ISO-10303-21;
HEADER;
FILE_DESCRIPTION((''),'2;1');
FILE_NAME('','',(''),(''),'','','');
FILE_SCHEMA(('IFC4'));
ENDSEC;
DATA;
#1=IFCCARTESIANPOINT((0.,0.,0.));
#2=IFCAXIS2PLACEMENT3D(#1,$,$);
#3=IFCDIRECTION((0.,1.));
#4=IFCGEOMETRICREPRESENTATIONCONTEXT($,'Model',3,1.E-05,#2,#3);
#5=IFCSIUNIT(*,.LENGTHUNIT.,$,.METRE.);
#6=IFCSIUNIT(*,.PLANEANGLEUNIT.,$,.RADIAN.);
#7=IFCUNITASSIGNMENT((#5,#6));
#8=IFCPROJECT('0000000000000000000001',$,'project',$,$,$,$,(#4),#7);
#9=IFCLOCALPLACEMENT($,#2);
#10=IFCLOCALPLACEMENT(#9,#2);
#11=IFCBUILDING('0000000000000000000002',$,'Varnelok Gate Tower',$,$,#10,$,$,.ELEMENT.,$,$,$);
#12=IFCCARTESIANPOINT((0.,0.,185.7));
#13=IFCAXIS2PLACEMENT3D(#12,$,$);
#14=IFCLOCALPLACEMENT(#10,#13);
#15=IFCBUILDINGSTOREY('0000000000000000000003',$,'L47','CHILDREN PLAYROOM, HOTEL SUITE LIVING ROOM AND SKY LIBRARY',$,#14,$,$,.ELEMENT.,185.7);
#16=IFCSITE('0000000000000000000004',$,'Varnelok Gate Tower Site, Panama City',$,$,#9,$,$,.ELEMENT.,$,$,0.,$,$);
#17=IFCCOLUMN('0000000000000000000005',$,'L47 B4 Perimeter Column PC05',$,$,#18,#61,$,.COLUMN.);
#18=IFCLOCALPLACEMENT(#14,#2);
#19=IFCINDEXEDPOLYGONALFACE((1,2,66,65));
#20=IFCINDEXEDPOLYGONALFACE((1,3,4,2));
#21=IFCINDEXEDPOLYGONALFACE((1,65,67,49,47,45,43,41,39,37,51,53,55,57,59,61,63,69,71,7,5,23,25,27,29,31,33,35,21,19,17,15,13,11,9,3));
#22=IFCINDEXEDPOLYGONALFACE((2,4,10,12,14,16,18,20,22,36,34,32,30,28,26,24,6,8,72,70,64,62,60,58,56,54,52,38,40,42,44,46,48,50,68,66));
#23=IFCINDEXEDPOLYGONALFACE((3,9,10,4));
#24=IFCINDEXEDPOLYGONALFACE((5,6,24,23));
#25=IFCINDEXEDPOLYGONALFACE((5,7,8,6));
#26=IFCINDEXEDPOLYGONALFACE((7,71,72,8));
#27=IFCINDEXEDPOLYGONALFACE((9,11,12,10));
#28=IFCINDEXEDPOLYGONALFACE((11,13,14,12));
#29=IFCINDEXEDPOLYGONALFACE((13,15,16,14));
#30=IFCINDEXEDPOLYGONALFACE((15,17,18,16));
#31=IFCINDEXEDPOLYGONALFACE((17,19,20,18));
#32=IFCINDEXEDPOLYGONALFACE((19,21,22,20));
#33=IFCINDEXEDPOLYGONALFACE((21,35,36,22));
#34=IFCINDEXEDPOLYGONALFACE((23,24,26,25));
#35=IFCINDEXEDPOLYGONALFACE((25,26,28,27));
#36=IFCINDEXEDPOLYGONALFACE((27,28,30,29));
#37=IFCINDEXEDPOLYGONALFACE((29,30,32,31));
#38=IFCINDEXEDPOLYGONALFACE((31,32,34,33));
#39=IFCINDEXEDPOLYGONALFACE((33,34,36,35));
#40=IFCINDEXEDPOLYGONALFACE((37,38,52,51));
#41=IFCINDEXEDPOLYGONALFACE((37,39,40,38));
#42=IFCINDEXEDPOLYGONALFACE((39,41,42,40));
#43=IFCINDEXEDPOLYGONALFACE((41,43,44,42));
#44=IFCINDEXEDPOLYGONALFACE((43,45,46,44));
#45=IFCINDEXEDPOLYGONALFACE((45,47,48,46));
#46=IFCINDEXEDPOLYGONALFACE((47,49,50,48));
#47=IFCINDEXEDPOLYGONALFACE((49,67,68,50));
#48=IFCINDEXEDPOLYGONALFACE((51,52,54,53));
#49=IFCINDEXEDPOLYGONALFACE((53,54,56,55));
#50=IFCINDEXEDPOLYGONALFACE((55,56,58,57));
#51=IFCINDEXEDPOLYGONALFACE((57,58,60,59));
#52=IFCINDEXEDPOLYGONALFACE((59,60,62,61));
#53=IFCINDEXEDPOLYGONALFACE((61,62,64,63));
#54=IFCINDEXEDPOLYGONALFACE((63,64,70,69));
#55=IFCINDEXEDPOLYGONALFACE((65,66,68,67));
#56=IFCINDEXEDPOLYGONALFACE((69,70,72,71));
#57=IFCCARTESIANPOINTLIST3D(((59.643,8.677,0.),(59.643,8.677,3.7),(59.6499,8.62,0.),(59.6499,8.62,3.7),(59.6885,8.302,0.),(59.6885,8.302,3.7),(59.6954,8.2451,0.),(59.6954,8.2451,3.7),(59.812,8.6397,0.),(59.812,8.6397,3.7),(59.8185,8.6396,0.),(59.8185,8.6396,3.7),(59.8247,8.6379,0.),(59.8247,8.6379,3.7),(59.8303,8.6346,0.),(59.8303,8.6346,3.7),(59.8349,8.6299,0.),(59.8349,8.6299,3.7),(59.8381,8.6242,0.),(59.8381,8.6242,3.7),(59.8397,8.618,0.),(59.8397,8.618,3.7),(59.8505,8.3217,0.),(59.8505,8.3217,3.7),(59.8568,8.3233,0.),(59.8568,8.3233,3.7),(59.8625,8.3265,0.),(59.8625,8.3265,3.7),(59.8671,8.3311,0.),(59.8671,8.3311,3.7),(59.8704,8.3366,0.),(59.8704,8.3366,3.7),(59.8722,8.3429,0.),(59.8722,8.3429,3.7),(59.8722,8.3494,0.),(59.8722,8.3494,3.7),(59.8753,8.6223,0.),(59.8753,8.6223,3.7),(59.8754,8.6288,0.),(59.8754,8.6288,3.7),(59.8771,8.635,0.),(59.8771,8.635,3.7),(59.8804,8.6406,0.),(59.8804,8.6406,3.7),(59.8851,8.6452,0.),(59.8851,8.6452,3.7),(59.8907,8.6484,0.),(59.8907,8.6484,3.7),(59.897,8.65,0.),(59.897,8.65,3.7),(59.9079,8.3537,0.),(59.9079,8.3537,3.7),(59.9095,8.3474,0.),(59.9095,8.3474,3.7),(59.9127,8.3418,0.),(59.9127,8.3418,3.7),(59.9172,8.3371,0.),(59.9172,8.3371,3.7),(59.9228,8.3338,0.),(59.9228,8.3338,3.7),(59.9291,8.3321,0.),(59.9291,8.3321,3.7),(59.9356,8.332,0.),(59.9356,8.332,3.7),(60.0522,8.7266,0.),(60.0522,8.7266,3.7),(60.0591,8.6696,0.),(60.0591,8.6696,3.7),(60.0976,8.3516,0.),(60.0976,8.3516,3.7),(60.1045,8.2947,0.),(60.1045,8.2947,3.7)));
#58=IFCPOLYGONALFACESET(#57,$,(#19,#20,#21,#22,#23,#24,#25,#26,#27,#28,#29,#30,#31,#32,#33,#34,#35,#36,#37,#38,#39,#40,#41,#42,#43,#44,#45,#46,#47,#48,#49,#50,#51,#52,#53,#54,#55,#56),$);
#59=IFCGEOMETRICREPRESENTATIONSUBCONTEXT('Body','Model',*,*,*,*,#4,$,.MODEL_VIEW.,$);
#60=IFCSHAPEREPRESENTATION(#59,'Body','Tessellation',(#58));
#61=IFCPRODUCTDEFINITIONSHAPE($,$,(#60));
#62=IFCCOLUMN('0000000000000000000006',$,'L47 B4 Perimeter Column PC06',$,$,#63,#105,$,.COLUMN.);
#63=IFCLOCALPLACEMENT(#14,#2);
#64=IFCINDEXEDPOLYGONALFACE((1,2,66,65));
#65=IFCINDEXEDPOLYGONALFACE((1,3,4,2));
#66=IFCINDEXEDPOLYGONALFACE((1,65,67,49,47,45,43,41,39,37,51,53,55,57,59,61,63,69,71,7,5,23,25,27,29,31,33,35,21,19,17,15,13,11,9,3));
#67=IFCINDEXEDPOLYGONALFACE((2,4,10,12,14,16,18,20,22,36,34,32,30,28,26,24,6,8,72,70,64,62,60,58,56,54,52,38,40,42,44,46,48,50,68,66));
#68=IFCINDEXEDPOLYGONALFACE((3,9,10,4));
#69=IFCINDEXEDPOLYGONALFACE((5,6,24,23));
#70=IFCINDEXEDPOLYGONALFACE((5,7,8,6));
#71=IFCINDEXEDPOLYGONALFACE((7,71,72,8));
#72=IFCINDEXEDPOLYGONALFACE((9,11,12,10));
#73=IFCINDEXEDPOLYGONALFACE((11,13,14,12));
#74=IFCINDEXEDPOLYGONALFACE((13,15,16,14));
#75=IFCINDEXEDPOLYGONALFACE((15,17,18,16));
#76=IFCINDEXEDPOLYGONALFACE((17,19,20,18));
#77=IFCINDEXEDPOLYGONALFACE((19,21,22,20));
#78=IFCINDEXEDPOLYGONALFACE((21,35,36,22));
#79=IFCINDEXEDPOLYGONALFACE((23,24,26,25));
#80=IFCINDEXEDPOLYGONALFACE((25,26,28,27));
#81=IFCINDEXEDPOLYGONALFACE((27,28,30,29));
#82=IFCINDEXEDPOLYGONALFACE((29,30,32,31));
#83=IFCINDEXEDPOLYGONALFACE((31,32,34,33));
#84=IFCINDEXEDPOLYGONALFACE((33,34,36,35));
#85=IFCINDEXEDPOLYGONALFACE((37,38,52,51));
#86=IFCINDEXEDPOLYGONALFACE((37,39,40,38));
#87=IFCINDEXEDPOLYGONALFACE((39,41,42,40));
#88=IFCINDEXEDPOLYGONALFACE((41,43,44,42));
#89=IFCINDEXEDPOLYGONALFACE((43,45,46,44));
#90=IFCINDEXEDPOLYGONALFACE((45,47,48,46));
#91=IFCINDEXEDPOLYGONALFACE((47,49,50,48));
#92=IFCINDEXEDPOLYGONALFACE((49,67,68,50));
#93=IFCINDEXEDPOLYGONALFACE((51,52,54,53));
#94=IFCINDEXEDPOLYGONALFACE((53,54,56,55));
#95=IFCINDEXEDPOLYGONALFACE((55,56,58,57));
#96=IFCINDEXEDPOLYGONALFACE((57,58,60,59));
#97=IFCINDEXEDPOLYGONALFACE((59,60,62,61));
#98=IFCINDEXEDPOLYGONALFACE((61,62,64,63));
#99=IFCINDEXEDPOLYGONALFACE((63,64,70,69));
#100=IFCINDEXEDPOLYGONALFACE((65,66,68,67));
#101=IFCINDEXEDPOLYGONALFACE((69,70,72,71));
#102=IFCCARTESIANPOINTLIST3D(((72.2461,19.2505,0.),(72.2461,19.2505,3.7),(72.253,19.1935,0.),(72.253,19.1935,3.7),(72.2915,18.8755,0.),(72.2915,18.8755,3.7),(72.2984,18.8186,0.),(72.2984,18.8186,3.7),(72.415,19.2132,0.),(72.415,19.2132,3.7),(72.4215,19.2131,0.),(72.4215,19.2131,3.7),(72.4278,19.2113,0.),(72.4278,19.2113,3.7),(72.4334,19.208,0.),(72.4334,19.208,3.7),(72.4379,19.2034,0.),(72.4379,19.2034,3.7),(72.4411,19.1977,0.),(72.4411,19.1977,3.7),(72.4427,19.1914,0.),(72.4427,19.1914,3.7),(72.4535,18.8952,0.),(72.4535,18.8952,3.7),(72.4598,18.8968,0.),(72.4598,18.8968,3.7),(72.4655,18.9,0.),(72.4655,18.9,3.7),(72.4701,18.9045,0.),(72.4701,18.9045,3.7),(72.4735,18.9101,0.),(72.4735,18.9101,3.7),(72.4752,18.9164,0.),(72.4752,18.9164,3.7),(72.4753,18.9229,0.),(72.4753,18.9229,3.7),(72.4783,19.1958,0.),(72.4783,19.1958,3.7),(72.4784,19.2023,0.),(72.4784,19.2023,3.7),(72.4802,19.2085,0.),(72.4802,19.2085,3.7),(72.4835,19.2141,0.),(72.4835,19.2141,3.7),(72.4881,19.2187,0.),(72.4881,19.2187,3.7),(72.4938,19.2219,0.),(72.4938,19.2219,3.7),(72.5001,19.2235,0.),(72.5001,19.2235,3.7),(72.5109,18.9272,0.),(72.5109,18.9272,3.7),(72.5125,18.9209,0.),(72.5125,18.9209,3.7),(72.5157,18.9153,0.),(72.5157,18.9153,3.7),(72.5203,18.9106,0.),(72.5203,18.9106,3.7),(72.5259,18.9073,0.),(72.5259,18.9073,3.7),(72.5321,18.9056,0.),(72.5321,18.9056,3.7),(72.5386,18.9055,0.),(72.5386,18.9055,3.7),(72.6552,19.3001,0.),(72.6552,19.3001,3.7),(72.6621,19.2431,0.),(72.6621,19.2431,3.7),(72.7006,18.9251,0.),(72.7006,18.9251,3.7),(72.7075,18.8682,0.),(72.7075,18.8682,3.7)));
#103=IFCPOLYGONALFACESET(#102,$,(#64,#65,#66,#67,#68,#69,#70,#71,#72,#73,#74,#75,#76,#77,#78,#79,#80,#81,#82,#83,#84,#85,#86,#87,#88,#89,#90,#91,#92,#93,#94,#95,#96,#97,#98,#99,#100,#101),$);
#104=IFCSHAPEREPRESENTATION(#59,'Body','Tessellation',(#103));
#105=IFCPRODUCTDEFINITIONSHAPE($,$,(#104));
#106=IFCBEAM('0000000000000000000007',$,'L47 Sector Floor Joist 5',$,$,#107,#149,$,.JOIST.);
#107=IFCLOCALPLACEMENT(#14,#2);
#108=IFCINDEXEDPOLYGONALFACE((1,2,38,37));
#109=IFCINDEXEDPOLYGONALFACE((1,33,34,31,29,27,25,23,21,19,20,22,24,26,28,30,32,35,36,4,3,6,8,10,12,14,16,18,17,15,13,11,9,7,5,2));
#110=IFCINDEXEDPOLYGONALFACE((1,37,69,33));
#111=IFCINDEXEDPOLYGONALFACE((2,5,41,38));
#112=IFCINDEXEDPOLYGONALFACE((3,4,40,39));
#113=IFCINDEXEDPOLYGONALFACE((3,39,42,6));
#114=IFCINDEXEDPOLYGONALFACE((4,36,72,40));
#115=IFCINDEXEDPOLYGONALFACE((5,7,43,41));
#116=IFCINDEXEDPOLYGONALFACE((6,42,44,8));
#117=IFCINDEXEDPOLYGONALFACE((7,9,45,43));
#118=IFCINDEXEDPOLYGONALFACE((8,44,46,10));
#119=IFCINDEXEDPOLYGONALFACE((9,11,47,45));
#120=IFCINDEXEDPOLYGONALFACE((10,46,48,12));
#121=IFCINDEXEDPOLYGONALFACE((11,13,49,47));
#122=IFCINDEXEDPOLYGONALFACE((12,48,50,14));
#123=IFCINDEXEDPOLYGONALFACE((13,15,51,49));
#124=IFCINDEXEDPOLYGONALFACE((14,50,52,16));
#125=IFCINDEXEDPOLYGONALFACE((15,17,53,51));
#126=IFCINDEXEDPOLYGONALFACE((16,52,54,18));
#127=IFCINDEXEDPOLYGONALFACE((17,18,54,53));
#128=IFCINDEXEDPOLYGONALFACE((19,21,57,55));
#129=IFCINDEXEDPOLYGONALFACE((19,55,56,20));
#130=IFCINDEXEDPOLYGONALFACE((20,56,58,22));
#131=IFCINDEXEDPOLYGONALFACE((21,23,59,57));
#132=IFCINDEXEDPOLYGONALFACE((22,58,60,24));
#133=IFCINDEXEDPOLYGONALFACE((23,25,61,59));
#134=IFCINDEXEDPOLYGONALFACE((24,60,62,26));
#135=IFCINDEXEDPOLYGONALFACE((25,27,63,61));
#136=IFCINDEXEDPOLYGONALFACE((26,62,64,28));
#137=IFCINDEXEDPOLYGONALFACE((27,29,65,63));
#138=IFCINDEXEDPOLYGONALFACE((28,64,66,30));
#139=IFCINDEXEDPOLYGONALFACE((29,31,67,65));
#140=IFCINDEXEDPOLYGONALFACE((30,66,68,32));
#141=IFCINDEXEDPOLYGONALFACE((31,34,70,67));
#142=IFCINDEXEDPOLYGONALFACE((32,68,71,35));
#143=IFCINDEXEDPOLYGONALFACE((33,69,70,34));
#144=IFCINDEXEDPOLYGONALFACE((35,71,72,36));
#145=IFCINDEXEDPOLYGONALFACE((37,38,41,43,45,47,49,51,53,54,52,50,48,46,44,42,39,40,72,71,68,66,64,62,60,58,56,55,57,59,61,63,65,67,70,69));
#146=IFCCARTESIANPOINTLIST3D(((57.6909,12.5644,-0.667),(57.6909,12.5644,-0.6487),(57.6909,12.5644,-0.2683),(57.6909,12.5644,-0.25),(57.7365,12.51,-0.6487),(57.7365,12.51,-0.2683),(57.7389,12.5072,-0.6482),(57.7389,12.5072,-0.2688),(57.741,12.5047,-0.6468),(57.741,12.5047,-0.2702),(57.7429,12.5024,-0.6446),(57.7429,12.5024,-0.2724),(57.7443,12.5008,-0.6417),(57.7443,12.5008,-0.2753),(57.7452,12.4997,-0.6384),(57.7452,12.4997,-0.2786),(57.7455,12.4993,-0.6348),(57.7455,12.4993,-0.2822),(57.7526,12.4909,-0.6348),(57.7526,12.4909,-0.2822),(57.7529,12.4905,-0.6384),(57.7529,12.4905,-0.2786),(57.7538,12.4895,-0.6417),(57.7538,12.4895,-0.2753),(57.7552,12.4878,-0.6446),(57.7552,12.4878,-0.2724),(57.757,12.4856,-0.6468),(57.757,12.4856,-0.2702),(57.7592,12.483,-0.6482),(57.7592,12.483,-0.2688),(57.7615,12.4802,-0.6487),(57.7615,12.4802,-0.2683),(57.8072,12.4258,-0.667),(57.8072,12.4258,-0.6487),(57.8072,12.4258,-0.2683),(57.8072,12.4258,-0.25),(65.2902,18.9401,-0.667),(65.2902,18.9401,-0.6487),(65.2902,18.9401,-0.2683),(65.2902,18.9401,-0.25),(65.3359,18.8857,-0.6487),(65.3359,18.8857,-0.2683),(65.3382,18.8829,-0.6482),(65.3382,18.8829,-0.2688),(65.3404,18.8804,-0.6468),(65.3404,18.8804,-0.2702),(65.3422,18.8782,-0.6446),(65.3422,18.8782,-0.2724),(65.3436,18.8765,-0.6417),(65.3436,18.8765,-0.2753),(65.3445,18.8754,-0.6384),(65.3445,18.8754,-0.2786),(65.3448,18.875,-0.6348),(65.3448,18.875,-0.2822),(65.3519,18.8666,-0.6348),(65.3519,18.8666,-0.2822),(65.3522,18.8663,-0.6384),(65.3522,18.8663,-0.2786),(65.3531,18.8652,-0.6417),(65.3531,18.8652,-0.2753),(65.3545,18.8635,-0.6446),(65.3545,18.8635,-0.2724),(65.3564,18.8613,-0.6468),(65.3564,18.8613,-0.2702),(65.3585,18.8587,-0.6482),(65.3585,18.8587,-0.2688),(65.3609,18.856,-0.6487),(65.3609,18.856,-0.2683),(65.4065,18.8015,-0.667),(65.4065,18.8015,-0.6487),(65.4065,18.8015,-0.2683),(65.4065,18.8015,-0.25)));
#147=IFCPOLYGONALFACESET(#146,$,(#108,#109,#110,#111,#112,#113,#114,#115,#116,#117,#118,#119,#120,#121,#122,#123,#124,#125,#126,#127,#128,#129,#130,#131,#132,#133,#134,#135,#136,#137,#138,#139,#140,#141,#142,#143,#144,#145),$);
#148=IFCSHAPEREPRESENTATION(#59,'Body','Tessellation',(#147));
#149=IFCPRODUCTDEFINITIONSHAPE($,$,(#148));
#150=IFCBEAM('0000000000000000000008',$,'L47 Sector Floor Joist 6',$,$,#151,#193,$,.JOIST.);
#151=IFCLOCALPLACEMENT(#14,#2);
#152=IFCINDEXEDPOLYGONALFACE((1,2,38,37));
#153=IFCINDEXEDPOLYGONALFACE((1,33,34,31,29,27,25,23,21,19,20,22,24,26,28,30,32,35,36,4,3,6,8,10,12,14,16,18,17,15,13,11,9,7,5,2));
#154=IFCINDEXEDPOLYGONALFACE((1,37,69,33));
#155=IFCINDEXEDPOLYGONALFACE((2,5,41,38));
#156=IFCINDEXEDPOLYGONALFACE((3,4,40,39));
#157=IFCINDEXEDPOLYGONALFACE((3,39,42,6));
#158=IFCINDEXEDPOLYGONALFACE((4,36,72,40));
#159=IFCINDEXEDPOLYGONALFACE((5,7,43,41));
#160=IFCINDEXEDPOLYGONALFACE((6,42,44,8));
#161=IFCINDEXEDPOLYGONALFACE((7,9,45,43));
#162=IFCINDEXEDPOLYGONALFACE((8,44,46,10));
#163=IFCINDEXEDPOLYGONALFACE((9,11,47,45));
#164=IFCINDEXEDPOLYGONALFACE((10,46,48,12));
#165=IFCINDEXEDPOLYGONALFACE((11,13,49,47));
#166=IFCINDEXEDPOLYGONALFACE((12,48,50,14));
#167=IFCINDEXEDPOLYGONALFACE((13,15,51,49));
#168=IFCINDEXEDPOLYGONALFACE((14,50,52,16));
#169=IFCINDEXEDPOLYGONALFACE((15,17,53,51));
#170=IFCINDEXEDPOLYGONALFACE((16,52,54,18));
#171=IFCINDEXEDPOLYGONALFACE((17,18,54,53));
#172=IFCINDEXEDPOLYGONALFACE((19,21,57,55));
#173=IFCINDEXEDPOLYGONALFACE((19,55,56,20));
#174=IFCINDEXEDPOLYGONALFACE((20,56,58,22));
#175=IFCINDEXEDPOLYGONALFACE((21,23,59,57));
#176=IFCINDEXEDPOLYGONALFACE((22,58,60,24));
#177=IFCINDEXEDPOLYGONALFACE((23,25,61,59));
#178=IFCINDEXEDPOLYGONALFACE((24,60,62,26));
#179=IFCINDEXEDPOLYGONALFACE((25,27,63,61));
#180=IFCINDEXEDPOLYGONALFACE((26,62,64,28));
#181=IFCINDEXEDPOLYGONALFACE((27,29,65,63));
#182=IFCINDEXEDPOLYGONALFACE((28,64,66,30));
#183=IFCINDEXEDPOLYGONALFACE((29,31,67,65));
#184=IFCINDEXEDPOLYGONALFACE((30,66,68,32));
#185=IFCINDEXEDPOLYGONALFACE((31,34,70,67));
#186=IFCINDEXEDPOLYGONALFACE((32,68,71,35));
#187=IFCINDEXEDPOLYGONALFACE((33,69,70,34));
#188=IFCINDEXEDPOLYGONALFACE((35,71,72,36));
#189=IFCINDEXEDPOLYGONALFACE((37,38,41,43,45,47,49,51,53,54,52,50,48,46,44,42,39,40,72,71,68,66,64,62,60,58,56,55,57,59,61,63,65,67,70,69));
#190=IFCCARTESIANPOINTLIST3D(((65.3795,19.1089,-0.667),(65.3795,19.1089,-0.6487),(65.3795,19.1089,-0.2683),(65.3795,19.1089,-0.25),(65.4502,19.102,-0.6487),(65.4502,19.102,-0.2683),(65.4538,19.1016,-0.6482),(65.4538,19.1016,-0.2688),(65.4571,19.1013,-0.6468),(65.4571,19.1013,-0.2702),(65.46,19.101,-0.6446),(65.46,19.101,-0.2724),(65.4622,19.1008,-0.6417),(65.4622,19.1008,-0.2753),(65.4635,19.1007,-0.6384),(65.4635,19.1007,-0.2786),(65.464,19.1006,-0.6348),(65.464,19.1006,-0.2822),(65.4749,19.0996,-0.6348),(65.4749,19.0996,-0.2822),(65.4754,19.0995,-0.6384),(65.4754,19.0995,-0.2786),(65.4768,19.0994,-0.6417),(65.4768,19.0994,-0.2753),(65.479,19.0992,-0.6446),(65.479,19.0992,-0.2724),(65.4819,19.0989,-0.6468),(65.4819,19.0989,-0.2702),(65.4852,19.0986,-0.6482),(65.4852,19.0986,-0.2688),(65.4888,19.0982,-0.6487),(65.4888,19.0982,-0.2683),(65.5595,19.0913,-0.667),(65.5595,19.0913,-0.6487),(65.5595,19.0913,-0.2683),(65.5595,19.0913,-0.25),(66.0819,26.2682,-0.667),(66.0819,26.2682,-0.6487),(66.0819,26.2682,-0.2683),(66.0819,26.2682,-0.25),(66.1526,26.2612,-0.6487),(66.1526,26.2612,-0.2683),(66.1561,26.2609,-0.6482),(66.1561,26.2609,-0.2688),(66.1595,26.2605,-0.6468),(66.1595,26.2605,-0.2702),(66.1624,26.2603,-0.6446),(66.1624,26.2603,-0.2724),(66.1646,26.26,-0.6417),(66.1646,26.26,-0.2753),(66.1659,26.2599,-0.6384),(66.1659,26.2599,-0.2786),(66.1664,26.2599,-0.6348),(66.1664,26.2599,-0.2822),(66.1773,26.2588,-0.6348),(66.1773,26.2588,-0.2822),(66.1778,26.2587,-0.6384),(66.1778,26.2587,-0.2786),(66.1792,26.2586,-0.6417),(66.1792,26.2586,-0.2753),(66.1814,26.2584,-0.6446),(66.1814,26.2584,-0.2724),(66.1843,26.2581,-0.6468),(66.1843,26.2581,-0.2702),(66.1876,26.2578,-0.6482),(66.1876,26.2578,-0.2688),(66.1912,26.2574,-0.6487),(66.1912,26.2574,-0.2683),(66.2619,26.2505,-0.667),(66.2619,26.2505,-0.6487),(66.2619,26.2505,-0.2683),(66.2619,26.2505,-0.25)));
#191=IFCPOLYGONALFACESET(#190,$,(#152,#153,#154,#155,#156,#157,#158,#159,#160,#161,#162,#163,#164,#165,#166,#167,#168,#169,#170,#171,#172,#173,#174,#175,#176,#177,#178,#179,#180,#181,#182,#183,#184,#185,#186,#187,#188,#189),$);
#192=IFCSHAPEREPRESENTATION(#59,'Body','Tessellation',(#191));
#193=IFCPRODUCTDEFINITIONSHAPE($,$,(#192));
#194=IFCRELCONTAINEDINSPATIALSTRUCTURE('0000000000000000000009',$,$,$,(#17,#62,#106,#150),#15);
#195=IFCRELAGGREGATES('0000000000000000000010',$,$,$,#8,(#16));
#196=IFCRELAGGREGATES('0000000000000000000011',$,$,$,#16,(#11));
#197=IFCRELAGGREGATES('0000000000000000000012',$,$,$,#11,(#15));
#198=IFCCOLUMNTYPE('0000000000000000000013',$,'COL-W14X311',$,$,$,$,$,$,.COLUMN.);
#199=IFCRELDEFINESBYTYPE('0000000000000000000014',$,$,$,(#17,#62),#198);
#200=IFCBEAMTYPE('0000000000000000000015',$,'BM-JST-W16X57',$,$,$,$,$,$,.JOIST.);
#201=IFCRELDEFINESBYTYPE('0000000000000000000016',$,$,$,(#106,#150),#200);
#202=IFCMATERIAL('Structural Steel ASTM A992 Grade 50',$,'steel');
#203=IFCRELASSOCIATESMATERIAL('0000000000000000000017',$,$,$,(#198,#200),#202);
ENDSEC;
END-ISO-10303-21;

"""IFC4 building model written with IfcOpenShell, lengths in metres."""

from ifc_helpers import new_model, si_unit, direction, frame, origin, origin_2d, place, context, subcontext, project, spatial, i_section, extrude, material, material_profile, profile_set, type_object, element, save


model = new_model("IFC4")

# Units and contexts
model_context = context("Model", 3, precision=1e-05, world=origin(), true_north=direction((0.0, 1.0)))
body_context = subcontext(model_context, "Body", "Model", "MODEL_VIEW")
ifc_project = project(units=[si_unit("LENGTHUNIT", "METRE"), si_unit("PLANEANGLEUNIT", "RADIAN")], contexts=[model_context])

# Site, building, storey
site_placement = place(None, origin())
site = spatial("IfcSite", under=ifc_project, at=site_placement, Name="Varnelok Gate Tower Site, Panama City", CompositionType="ELEMENT", RefElevation=0.0)
building_placement = place(site_placement, origin())
building = spatial("IfcBuilding", under=site, at=building_placement, Name="Varnelok Gate Tower", CompositionType="ELEMENT")
storey_placement = place(building_placement, frame((0.0, 0.0, 185.7)))
storey = spatial("IfcBuildingStorey", under=building, at=storey_placement, Name="L47", Description="CHILDREN PLAYROOM, HOTEL SUITE LIVING ROOM AND SKY LIBRARY", CompositionType="ELEMENT", Elevation=185.7)

# Columns
ifc_material_1 = material(Name="Structural Steel ASTM A992 Grade 50", Category="steel")
ifc_material_profile_1 = material_profile(ifc_material_1, i_section(OverallWidth=0.4121, OverallDepth=0.4351, WebThickness=0.0359, FlangeThickness=0.0574, FilletRadius=0.0249, at=origin_2d()), Name="W14X311")
ifc_profile_set_1 = profile_set([ifc_material_profile_1], Name="Structural Steel ASTM A992 Grade 50")
column_type = type_object("IfcColumnType", Name="COL-W14X311", PredefinedType="COLUMN", material=ifc_profile_set_1)
for number, where, z_axis, x_axis, name in (
    (1, (59.8738, 8.4858, 0.0), (0.0, 0.0, 1.0), (0.992732, 0.120345, 0.0), "L47 B4 Perimeter Column PC05"),
    (2, (72.4768, 19.0593, 0.0), (0.0, 0.0, 1.0), (0.992732, 0.120345, 0.0), "L47 B4 Perimeter Column PC06"),
):
    element("IfcColumn", number, at=place(storey_placement, frame(where, z_axis=z_axis, x_axis=x_axis)), inside=storey, type_object=column_type, Name=name, PredefinedType="COLUMN", context=body_context, shape_type="SweptSolid", body=[
        extrude(i_section(OverallWidth=0.4121, OverallDepth=0.4351, WebThickness=0.0359, FlangeThickness=0.0574, FilletRadius=0.0249, at=origin_2d()), origin(), (0.0, 0.0, 1.0), 3.7),
    ])

# Beams
ifc_material_profile_2 = material_profile(ifc_material_1, i_section(OverallWidth=0.1809, OverallDepth=0.417, WebThickness=0.011, FlangeThickness=0.0183, FilletRadius=0.0139, at=origin_2d()), Name="W16X57")
ifc_profile_set_2 = profile_set([ifc_material_profile_2], Name="Structural Steel ASTM A992 Grade 50")
beam_type_1 = type_object("IfcBeamType", Name="BM-JST-W16X57", PredefinedType="JOIST", material=ifc_profile_set_2)
beam_1_placement = place(storey_placement, frame((57.749, 12.4951, -0.4585), z_axis=(0.766089, 0.642735, 0.0), x_axis=(-0.642735, 0.766089, 0.0)))
element("IfcBeam", 3, at=beam_1_placement, inside=storey, type_object=beam_type_1, Name="L47 Sector Floor Joist 5", PredefinedType="JOIST", context=body_context, shape_type="SweptSolid", body=[
    extrude(i_section(OverallWidth=0.1809, OverallDepth=0.417, WebThickness=0.011, FlangeThickness=0.0183, FilletRadius=0.0139, at=origin_2d()), origin(), (0.0, 0.0, 1.0), 9.9197),
])
beam_2_placement = place(storey_placement, frame((65.4695, 19.1001, -0.4585), z_axis=(0.097642, 0.995222, 0.0), x_axis=(-0.995222, 0.097642, 0.0)))
element("IfcBeam", 4, at=beam_2_placement, inside=storey, type_object=beam_type_1, Name="L47 Sector Floor Joist 6", PredefinedType="JOIST", context=body_context, shape_type="SweptSolid", body=[
    extrude(i_section(OverallWidth=0.1809, OverallDepth=0.417, WebThickness=0.011, FlangeThickness=0.0183, FilletRadius=0.0139, at=origin_2d()), origin(), (0.0, 0.0, 1.0), 7.1936),
])

save(model, "model.ifc")
